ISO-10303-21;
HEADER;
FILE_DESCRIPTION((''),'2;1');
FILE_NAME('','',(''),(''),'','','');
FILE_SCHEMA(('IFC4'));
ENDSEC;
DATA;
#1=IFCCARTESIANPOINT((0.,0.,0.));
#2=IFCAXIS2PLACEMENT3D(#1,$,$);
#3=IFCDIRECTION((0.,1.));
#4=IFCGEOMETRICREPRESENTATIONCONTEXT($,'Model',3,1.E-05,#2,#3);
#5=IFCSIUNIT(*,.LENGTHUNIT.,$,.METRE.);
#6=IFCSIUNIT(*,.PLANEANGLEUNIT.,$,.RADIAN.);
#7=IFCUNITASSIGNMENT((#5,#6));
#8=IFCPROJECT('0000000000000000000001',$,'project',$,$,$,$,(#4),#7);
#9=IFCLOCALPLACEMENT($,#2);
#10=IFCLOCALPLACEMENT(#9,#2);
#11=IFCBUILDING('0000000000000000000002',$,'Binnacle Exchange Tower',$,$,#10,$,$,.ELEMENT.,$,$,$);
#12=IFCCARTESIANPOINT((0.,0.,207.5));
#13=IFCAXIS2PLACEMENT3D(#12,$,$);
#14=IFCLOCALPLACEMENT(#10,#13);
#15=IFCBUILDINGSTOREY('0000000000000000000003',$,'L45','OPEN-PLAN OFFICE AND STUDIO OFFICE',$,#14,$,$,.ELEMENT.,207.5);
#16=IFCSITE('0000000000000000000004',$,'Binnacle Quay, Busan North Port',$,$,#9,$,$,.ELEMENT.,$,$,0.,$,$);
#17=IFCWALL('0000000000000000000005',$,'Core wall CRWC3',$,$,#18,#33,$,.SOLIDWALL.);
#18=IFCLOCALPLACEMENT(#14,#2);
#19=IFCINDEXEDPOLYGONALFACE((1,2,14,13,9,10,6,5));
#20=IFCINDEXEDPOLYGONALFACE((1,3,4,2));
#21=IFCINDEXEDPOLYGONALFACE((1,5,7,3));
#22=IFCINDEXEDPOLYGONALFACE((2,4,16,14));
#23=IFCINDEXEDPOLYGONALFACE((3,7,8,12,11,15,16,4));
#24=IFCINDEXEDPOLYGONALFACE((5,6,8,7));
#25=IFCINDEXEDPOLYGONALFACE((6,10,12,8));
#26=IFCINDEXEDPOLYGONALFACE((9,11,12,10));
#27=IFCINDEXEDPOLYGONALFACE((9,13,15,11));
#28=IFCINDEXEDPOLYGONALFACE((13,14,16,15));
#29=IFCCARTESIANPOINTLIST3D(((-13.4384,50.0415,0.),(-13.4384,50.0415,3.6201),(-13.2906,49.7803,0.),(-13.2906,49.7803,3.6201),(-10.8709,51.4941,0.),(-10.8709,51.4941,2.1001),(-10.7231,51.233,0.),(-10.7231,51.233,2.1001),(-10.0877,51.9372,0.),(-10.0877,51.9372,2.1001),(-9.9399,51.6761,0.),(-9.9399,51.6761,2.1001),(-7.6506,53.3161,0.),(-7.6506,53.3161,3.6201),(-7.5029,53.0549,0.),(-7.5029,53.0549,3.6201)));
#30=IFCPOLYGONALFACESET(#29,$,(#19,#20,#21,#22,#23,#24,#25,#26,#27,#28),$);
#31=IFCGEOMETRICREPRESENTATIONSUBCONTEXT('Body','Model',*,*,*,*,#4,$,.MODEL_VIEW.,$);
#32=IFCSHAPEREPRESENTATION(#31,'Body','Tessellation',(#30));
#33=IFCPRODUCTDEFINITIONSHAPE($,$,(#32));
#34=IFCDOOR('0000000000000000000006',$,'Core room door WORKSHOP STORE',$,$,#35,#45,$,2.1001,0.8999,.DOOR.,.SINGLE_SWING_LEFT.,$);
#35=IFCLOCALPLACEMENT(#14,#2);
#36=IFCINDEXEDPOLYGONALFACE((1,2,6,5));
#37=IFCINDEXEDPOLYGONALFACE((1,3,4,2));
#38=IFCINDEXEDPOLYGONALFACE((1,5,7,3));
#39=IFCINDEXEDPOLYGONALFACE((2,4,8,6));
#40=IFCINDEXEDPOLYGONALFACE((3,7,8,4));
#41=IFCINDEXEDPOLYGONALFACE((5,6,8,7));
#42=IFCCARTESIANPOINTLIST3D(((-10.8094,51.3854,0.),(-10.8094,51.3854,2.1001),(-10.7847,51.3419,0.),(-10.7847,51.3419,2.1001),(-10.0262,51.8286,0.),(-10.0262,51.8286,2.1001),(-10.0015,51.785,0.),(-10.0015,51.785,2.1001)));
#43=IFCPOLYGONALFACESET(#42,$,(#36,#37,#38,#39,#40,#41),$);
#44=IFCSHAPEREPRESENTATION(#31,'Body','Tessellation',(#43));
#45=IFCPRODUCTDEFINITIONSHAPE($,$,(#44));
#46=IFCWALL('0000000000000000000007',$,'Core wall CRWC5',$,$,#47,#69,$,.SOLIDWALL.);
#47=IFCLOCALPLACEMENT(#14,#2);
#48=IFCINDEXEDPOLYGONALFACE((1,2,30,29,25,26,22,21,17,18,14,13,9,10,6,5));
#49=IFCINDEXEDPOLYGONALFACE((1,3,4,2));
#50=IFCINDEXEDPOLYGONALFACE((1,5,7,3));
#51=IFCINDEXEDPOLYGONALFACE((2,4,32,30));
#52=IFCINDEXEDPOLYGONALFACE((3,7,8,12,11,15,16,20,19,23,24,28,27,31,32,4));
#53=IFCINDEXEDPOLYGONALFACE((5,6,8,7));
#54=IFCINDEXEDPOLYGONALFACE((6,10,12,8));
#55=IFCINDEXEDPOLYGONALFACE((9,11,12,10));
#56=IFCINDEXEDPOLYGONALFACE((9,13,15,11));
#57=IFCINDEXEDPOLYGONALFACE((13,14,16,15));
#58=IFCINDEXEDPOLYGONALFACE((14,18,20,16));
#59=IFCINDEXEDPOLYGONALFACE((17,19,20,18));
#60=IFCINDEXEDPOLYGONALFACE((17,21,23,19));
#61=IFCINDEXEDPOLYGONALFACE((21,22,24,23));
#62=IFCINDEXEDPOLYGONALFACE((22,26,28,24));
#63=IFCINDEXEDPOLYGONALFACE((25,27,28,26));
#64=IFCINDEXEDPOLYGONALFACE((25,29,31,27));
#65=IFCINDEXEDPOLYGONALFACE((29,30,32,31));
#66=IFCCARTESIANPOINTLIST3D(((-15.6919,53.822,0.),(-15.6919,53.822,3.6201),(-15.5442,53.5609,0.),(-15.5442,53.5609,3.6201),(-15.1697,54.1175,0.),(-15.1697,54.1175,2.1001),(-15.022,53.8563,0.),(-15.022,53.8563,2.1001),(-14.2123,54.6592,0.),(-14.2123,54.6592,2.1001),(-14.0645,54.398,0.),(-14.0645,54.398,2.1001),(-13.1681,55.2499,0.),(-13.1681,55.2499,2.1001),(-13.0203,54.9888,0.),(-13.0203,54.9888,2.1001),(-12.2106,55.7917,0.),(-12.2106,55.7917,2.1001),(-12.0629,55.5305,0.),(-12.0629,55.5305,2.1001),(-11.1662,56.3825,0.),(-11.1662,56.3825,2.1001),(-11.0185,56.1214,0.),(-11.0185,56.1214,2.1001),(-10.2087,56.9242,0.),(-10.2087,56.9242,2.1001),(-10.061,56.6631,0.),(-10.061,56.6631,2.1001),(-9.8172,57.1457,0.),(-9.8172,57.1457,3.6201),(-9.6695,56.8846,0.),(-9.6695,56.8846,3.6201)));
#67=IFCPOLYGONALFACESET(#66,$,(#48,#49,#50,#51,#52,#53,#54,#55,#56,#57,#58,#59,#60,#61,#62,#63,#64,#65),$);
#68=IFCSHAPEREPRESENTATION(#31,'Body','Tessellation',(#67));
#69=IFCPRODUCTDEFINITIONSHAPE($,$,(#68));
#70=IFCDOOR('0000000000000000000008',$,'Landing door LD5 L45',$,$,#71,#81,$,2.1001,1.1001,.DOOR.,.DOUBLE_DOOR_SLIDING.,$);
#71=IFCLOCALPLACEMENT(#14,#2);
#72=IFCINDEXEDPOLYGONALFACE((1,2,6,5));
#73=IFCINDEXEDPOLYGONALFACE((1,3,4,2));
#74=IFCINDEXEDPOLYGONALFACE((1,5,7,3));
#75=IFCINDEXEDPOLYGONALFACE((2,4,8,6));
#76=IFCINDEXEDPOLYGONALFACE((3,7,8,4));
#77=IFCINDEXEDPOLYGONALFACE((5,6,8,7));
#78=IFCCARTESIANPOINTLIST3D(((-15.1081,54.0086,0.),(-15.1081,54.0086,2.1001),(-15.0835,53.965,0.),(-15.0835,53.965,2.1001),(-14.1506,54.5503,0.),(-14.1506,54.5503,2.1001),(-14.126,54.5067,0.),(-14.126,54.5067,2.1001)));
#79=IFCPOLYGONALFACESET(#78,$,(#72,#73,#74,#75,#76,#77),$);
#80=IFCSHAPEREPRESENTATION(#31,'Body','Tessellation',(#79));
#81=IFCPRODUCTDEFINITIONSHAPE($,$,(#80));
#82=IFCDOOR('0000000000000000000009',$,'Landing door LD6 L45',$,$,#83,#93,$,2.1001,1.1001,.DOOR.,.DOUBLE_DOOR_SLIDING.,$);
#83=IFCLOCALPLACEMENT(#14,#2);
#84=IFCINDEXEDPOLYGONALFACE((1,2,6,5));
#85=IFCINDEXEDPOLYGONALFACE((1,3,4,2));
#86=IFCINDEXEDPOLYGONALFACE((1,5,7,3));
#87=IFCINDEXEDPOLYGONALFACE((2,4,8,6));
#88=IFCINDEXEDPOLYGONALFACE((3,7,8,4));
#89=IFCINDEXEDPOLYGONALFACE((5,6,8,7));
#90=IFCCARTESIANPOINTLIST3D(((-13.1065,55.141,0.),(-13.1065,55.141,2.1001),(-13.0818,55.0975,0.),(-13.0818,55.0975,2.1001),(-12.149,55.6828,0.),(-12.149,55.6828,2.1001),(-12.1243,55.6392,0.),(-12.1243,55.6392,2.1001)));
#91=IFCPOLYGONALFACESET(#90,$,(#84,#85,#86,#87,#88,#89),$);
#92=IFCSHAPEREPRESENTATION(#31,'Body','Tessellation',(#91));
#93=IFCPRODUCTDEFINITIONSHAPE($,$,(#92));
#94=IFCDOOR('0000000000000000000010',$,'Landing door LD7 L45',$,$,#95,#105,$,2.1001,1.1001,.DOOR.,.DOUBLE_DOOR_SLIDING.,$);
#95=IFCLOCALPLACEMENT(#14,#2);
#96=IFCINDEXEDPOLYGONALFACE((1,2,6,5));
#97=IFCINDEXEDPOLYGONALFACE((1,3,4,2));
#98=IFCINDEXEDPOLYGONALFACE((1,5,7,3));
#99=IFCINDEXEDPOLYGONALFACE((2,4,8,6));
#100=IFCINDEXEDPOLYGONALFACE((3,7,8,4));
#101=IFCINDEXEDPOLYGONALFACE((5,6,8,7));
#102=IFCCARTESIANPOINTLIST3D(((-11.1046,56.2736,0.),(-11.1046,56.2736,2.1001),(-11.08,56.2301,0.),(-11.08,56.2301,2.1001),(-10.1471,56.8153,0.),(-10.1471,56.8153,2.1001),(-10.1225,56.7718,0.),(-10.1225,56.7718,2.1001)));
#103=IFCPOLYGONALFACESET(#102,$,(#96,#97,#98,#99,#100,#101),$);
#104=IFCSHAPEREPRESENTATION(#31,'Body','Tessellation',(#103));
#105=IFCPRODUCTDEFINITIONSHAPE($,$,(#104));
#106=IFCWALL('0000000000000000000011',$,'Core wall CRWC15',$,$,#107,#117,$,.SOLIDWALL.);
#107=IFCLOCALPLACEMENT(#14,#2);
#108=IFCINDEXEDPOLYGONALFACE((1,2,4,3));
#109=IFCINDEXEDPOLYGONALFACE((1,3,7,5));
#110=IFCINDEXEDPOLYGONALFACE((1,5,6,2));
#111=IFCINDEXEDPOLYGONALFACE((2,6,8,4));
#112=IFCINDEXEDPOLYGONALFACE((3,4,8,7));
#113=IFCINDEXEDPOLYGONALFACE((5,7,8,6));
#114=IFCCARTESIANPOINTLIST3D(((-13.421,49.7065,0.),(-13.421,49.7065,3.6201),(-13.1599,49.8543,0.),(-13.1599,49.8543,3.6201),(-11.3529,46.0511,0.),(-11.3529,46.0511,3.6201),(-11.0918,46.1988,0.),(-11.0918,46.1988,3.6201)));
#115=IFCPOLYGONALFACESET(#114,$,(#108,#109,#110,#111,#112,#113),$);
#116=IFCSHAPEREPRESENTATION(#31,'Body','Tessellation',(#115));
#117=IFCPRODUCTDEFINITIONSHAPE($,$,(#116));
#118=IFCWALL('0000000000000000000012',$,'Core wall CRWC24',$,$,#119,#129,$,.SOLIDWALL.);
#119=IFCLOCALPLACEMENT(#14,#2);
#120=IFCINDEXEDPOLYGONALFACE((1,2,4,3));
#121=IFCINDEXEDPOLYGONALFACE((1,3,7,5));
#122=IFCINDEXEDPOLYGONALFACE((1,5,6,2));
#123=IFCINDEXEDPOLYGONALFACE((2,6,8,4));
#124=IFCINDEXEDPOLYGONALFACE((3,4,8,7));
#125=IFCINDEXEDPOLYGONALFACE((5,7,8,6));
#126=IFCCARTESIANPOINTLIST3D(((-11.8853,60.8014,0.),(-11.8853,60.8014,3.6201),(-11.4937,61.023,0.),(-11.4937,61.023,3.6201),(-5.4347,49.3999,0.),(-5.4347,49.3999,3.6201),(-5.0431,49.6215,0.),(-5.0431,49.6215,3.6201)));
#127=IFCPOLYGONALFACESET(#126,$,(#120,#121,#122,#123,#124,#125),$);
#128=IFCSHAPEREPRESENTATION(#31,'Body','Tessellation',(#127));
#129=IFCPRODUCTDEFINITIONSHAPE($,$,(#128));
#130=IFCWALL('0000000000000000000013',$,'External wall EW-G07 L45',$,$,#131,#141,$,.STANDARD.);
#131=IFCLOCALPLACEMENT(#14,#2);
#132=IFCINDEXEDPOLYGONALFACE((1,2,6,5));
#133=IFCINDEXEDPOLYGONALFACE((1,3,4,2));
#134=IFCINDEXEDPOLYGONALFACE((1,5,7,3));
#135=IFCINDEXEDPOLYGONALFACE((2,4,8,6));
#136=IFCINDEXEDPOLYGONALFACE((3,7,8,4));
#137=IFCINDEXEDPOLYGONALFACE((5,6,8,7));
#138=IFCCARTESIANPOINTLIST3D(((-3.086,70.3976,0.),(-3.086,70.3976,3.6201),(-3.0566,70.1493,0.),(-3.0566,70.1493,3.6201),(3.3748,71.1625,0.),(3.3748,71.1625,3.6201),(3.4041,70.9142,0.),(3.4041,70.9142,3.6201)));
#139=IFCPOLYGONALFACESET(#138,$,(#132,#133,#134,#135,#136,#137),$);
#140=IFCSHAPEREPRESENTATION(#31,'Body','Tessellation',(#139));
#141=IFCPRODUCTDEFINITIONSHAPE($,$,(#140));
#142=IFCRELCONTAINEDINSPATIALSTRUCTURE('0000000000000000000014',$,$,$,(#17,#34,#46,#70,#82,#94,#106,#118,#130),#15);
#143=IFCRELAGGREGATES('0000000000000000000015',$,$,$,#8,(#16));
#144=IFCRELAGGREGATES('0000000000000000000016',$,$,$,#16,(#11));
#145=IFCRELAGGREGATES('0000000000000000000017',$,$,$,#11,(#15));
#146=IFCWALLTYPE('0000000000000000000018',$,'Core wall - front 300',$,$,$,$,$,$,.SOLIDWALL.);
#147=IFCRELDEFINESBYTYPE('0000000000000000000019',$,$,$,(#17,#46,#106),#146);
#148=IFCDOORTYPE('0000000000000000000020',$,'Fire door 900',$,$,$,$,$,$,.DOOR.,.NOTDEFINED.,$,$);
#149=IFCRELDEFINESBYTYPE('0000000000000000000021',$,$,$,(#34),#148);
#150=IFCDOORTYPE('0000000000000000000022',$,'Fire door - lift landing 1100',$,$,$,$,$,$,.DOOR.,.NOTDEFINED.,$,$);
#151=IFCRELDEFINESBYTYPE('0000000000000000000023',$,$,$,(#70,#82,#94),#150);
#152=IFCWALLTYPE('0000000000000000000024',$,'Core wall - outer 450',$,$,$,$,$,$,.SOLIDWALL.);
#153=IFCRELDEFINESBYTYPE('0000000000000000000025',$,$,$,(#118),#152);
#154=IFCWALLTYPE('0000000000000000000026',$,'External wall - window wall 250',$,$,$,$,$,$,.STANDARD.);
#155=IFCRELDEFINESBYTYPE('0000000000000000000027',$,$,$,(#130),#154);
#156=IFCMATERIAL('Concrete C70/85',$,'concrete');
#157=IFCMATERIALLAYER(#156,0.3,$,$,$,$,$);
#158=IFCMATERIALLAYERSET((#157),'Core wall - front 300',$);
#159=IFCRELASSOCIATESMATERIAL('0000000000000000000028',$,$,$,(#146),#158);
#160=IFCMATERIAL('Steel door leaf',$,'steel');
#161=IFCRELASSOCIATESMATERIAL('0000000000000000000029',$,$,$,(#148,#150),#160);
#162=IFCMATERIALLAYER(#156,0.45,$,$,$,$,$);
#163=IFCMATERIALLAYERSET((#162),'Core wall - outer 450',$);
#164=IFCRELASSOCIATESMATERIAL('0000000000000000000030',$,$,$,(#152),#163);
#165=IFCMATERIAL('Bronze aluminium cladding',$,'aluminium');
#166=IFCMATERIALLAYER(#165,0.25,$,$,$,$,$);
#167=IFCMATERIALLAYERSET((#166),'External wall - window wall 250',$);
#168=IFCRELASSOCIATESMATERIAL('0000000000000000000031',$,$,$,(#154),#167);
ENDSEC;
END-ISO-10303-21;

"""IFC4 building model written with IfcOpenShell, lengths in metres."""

from ifc_helpers import new_model, si_unit, direction, frame, frame_2d, origin, place, context, subcontext, project, spatial, rectangle, extrude, material, layer, layer_set, type_object, element, fill, save


model = new_model("IFC4")

# Units and contexts
model_context = context("Model", 3, precision=1e-05, world=origin(), true_north=direction((0.0, 1.0)))
body_context = subcontext(model_context, "Body", "Model", "MODEL_VIEW")
ifc_project = project(units=[si_unit("LENGTHUNIT", "METRE"), si_unit("PLANEANGLEUNIT", "RADIAN")], contexts=[model_context])

# Site, building, storey
site_placement = place(None, origin())
site = spatial("IfcSite", under=ifc_project, at=site_placement, Name="Binnacle Quay, Busan North Port", CompositionType="ELEMENT", RefElevation=0.0)
building_placement = place(site_placement, origin())
building = spatial("IfcBuilding", under=site, at=building_placement, Name="Binnacle Exchange Tower", CompositionType="ELEMENT")
storey_placement = place(building_placement, frame((0.0, 0.0, 207.5)))
storey = spatial("IfcBuildingStorey", under=building, at=storey_placement, Name="L45", Description="OPEN-PLAN OFFICE AND STUDIO OFFICE", CompositionType="ELEMENT", Elevation=207.5)

# Wall, opening, door
ifc_material_1 = material(Name="Concrete C70/85", Category="concrete")
ifc_layer_1 = layer(ifc_material_1, 0.3)
ifc_layer_set_1 = layer_set([ifc_layer_1], Name="Core wall - front 300")
wall_type_1 = type_object("IfcWallType", Name="Core wall - front 300", PredefinedType="SOLIDWALL", material=ifc_layer_set_1)
wall_1_placement = place(storey_placement, frame((-13.3645, 49.9109, 0.0), z_axis=(0.0, 0.0, 1.0), x_axis=(0.870352, 0.49243, 0.0)))
wall_1 = element("IfcWall", 1, at=wall_1_placement, inside=storey, type_object=wall_type_1, Name="Core wall CRWC3", PredefinedType="SOLIDWALL", context=body_context, shape_type="SweptSolid", body=[
    extrude(rectangle(XDim=6.6499, YDim=0.3, at=frame_2d((3.325, 0.0))), origin(), (0.0, 0.0, 1.0), 3.6201),
])
opening_1_placement = place(wall_1_placement, frame((2.95, 0.0, 0.0)))
opening_1 = element("IfcOpeningElement", 2, at=opening_1_placement, cuts=wall_1, PredefinedType="OPENING", context=body_context, shape_type="SweptSolid", body=[
    extrude(rectangle(XDim=0.8999, YDim=2.1001, at=frame_2d((0.45, 1.05))), frame((0.0, 0.1599, 0.0), z_axis=(0.0, -1.0, 0.0), x_axis=(1.0, 0.0, 0.0)), (0.0, 0.0, 1.0), 0.3201),
])
ifc_material_2 = material(Name="Steel door leaf", Category="steel")
door_type_1 = type_object("IfcDoorType", Name="Fire door 900", OperationType="NOTDEFINED", PredefinedType="DOOR", material=ifc_material_2)
door_1_placement = place(opening_1_placement, frame((0.8999, 0.0, 0.0), z_axis=(0.0, 0.0, 1.0), x_axis=(-1.0, 0.0, 0.0)))
door_1 = element("IfcDoor", 3, at=door_1_placement, inside=storey, type_object=door_type_1, Name="Core room door WORKSHOP STORE", OperationType="SINGLE_SWING_LEFT", OverallHeight=2.1001, OverallWidth=0.8999, PredefinedType="DOOR", context=body_context, shape_type="SweptSolid", body=[
    extrude(rectangle(XDim=0.8999, YDim=2.1001, at=frame_2d((0.45, 1.05))), frame((0.0, 0.0249, 0.0), z_axis=(0.0, -1.0, 0.0), x_axis=(1.0, 0.0, 0.0)), (0.0, 0.0, 1.0), 0.05),
])
fill(opening_1, door_1)

# Wall, openings, doors
wall_2_placement = place(storey_placement, frame((-15.6182, 53.6914, 0.0), z_axis=(0.0, 0.0, 1.0), x_axis=(0.870359, 0.492418, 0.0)))
wall_2 = element("IfcWall", 4, at=wall_2_placement, inside=storey, type_object=wall_type_1, Name="Core wall CRWC5", PredefinedType="SOLIDWALL", context=body_context, shape_type="SweptSolid", body=[
    extrude(rectangle(XDim=6.7498, YDim=0.3, at=frame_2d((3.375, 0.0))), origin(), (0.0, 0.0, 1.0), 3.6201),
])
opening_2_placement = place(wall_2_placement, frame((0.6001, 0.0, 0.0)))
opening_2 = element("IfcOpeningElement", 5, at=opening_2_placement, cuts=wall_2, PredefinedType="OPENING", context=body_context, shape_type="SweptSolid", body=[
    extrude(rectangle(XDim=1.1001, YDim=2.1001, at=frame_2d((0.55, 1.05))), frame((0.0, 0.1599, 0.0), z_axis=(0.0, -1.0, 0.0), x_axis=(1.0, 0.0, 0.0)), (0.0, 0.0, 1.0), 0.3201),
])
opening_3_placement = place(wall_2_placement, frame((2.8999, 0.0, 0.0)))
opening_3 = element("IfcOpeningElement", 6, at=opening_3_placement, cuts=wall_2, PredefinedType="OPENING", context=body_context, shape_type="SweptSolid", body=[
    extrude(rectangle(XDim=1.1001, YDim=2.1001, at=frame_2d((0.55, 1.05))), frame((0.0, 0.1599, 0.0), z_axis=(0.0, -1.0, 0.0), x_axis=(1.0, 0.0, 0.0)), (0.0, 0.0, 1.0), 0.3201),
])
opening_4_placement = place(wall_2_placement, frame((5.2, 0.0, 0.0)))
opening_4 = element("IfcOpeningElement", 7, at=opening_4_placement, cuts=wall_2, PredefinedType="OPENING", context=body_context, shape_type="SweptSolid", body=[
    extrude(rectangle(XDim=1.1001, YDim=2.1001, at=frame_2d((0.55, 1.05))), frame((0.0, 0.1599, 0.0), z_axis=(0.0, -1.0, 0.0), x_axis=(1.0, 0.0, 0.0)), (0.0, 0.0, 1.0), 0.3201),
])
door_type_2 = type_object("IfcDoorType", Name="Fire door - lift landing 1100", OperationType="NOTDEFINED", PredefinedType="DOOR", material=ifc_material_2)
door_2_placement = place(opening_2_placement, origin())
door_2 = element("IfcDoor", 8, at=door_2_placement, inside=storey, type_object=door_type_2, Name="Landing door LD5 L45", OperationType="DOUBLE_DOOR_SLIDING", OverallHeight=2.1001, OverallWidth=1.1001, PredefinedType="DOOR", context=body_context, shape_type="SweptSolid", body=[
    extrude(rectangle(XDim=1.1001, YDim=2.1001, at=frame_2d((0.55, 1.05))), frame((0.0, 0.0249, 0.0), z_axis=(0.0, -1.0, 0.0), x_axis=(1.0, 0.0, 0.0)), (0.0, 0.0, 1.0), 0.05),
])
fill(opening_2, door_2)
door_3_placement = place(opening_3_placement, origin())
door_3 = element("IfcDoor", 9, at=door_3_placement, inside=storey, type_object=door_type_2, Name="Landing door LD6 L45", OperationType="DOUBLE_DOOR_SLIDING", OverallHeight=2.1001, OverallWidth=1.1001, PredefinedType="DOOR", context=body_context, shape_type="SweptSolid", body=[
    extrude(rectangle(XDim=1.1001, YDim=2.1001, at=frame_2d((0.55, 1.05))), frame((0.0, 0.0249, 0.0), z_axis=(0.0, -1.0, 0.0), x_axis=(1.0, 0.0, 0.0)), (0.0, 0.0, 1.0), 0.05),
])
fill(opening_3, door_3)
door_4_placement = place(opening_4_placement, origin())
door_4 = element("IfcDoor", 10, at=door_4_placement, inside=storey, type_object=door_type_2, Name="Landing door LD7 L45", OperationType="DOUBLE_DOOR_SLIDING", OverallHeight=2.1001, OverallWidth=1.1001, PredefinedType="DOOR", context=body_context, shape_type="SweptSolid", body=[
    extrude(rectangle(XDim=1.1001, YDim=2.1001, at=frame_2d((0.55, 1.05))), frame((0.0, 0.0249, 0.0), z_axis=(0.0, -1.0, 0.0), x_axis=(1.0, 0.0, 0.0)), (0.0, 0.0, 1.0), 0.05),
])
fill(opening_4, door_4)

# Walls
wall_3_placement = place(storey_placement, frame((-13.2905, 49.7805, 0.0), z_axis=(0.0, 0.0, 1.0), x_axis=(0.49241, -0.870364, 0.0)))
element("IfcWall", 11, at=wall_3_placement, inside=storey, type_object=wall_type_1, Name="Core wall CRWC15", PredefinedType="SOLIDWALL", context=body_context, shape_type="SweptSolid", body=[
    extrude(rectangle(XDim=4.2, YDim=0.3, at=frame_2d((2.1001, 0.0))), origin(), (0.0, 0.0, 1.0), 3.6201),
])
ifc_layer_2 = layer(ifc_material_1, 0.45)
ifc_layer_set_2 = layer_set([ifc_layer_2], Name="Core wall - outer 450")
wall_type_2 = type_object("IfcWallType", Name="Core wall - outer 450", PredefinedType="SOLIDWALL", material=ifc_layer_set_2)
wall_4_placement = place(storey_placement, frame((-11.6895, 60.9121, 0.0), z_axis=(0.0, 0.0, 1.0), x_axis=(0.492421, -0.870357, 0.0)))
element("IfcWall", 12, at=wall_4_placement, inside=storey, type_object=wall_type_2, Name="Core wall CRWC24", PredefinedType="SOLIDWALL", context=body_context, shape_type="SweptSolid", body=[
    extrude(rectangle(XDim=13.0999, YDim=0.45, at=frame_2d((6.5498, 0.0))), origin(), (0.0, 0.0, 1.0), 3.6201),
])
ifc_material_3 = material(Name="Bronze aluminium cladding", Category="aluminium")
ifc_layer_3 = layer(ifc_material_3, 0.25)
ifc_layer_set_3 = layer_set([ifc_layer_3], Name="External wall - window wall 250")
wall_type_3 = type_object("IfcWallType", Name="External wall - window wall 250", PredefinedType="STANDARD", material=ifc_layer_set_3)
wall_5_placement = place(storey_placement, frame((-3.0713, 70.2734, 0.0), z_axis=(0.0, 0.0, 1.0), x_axis=(0.993065, 0.117571, 0.0)))
element("IfcWall", 13, at=wall_5_placement, inside=storey, type_object=wall_type_3, Name="External wall EW-G07 L45", PredefinedType="STANDARD", context=body_context, shape_type="SweptSolid", body=[
    extrude(rectangle(XDim=6.5059, YDim=0.25, at=frame_2d((3.2529, 0.0))), origin(), (0.0, 0.0, 1.0), 3.6201),
])

save(model, "model.ifc")
